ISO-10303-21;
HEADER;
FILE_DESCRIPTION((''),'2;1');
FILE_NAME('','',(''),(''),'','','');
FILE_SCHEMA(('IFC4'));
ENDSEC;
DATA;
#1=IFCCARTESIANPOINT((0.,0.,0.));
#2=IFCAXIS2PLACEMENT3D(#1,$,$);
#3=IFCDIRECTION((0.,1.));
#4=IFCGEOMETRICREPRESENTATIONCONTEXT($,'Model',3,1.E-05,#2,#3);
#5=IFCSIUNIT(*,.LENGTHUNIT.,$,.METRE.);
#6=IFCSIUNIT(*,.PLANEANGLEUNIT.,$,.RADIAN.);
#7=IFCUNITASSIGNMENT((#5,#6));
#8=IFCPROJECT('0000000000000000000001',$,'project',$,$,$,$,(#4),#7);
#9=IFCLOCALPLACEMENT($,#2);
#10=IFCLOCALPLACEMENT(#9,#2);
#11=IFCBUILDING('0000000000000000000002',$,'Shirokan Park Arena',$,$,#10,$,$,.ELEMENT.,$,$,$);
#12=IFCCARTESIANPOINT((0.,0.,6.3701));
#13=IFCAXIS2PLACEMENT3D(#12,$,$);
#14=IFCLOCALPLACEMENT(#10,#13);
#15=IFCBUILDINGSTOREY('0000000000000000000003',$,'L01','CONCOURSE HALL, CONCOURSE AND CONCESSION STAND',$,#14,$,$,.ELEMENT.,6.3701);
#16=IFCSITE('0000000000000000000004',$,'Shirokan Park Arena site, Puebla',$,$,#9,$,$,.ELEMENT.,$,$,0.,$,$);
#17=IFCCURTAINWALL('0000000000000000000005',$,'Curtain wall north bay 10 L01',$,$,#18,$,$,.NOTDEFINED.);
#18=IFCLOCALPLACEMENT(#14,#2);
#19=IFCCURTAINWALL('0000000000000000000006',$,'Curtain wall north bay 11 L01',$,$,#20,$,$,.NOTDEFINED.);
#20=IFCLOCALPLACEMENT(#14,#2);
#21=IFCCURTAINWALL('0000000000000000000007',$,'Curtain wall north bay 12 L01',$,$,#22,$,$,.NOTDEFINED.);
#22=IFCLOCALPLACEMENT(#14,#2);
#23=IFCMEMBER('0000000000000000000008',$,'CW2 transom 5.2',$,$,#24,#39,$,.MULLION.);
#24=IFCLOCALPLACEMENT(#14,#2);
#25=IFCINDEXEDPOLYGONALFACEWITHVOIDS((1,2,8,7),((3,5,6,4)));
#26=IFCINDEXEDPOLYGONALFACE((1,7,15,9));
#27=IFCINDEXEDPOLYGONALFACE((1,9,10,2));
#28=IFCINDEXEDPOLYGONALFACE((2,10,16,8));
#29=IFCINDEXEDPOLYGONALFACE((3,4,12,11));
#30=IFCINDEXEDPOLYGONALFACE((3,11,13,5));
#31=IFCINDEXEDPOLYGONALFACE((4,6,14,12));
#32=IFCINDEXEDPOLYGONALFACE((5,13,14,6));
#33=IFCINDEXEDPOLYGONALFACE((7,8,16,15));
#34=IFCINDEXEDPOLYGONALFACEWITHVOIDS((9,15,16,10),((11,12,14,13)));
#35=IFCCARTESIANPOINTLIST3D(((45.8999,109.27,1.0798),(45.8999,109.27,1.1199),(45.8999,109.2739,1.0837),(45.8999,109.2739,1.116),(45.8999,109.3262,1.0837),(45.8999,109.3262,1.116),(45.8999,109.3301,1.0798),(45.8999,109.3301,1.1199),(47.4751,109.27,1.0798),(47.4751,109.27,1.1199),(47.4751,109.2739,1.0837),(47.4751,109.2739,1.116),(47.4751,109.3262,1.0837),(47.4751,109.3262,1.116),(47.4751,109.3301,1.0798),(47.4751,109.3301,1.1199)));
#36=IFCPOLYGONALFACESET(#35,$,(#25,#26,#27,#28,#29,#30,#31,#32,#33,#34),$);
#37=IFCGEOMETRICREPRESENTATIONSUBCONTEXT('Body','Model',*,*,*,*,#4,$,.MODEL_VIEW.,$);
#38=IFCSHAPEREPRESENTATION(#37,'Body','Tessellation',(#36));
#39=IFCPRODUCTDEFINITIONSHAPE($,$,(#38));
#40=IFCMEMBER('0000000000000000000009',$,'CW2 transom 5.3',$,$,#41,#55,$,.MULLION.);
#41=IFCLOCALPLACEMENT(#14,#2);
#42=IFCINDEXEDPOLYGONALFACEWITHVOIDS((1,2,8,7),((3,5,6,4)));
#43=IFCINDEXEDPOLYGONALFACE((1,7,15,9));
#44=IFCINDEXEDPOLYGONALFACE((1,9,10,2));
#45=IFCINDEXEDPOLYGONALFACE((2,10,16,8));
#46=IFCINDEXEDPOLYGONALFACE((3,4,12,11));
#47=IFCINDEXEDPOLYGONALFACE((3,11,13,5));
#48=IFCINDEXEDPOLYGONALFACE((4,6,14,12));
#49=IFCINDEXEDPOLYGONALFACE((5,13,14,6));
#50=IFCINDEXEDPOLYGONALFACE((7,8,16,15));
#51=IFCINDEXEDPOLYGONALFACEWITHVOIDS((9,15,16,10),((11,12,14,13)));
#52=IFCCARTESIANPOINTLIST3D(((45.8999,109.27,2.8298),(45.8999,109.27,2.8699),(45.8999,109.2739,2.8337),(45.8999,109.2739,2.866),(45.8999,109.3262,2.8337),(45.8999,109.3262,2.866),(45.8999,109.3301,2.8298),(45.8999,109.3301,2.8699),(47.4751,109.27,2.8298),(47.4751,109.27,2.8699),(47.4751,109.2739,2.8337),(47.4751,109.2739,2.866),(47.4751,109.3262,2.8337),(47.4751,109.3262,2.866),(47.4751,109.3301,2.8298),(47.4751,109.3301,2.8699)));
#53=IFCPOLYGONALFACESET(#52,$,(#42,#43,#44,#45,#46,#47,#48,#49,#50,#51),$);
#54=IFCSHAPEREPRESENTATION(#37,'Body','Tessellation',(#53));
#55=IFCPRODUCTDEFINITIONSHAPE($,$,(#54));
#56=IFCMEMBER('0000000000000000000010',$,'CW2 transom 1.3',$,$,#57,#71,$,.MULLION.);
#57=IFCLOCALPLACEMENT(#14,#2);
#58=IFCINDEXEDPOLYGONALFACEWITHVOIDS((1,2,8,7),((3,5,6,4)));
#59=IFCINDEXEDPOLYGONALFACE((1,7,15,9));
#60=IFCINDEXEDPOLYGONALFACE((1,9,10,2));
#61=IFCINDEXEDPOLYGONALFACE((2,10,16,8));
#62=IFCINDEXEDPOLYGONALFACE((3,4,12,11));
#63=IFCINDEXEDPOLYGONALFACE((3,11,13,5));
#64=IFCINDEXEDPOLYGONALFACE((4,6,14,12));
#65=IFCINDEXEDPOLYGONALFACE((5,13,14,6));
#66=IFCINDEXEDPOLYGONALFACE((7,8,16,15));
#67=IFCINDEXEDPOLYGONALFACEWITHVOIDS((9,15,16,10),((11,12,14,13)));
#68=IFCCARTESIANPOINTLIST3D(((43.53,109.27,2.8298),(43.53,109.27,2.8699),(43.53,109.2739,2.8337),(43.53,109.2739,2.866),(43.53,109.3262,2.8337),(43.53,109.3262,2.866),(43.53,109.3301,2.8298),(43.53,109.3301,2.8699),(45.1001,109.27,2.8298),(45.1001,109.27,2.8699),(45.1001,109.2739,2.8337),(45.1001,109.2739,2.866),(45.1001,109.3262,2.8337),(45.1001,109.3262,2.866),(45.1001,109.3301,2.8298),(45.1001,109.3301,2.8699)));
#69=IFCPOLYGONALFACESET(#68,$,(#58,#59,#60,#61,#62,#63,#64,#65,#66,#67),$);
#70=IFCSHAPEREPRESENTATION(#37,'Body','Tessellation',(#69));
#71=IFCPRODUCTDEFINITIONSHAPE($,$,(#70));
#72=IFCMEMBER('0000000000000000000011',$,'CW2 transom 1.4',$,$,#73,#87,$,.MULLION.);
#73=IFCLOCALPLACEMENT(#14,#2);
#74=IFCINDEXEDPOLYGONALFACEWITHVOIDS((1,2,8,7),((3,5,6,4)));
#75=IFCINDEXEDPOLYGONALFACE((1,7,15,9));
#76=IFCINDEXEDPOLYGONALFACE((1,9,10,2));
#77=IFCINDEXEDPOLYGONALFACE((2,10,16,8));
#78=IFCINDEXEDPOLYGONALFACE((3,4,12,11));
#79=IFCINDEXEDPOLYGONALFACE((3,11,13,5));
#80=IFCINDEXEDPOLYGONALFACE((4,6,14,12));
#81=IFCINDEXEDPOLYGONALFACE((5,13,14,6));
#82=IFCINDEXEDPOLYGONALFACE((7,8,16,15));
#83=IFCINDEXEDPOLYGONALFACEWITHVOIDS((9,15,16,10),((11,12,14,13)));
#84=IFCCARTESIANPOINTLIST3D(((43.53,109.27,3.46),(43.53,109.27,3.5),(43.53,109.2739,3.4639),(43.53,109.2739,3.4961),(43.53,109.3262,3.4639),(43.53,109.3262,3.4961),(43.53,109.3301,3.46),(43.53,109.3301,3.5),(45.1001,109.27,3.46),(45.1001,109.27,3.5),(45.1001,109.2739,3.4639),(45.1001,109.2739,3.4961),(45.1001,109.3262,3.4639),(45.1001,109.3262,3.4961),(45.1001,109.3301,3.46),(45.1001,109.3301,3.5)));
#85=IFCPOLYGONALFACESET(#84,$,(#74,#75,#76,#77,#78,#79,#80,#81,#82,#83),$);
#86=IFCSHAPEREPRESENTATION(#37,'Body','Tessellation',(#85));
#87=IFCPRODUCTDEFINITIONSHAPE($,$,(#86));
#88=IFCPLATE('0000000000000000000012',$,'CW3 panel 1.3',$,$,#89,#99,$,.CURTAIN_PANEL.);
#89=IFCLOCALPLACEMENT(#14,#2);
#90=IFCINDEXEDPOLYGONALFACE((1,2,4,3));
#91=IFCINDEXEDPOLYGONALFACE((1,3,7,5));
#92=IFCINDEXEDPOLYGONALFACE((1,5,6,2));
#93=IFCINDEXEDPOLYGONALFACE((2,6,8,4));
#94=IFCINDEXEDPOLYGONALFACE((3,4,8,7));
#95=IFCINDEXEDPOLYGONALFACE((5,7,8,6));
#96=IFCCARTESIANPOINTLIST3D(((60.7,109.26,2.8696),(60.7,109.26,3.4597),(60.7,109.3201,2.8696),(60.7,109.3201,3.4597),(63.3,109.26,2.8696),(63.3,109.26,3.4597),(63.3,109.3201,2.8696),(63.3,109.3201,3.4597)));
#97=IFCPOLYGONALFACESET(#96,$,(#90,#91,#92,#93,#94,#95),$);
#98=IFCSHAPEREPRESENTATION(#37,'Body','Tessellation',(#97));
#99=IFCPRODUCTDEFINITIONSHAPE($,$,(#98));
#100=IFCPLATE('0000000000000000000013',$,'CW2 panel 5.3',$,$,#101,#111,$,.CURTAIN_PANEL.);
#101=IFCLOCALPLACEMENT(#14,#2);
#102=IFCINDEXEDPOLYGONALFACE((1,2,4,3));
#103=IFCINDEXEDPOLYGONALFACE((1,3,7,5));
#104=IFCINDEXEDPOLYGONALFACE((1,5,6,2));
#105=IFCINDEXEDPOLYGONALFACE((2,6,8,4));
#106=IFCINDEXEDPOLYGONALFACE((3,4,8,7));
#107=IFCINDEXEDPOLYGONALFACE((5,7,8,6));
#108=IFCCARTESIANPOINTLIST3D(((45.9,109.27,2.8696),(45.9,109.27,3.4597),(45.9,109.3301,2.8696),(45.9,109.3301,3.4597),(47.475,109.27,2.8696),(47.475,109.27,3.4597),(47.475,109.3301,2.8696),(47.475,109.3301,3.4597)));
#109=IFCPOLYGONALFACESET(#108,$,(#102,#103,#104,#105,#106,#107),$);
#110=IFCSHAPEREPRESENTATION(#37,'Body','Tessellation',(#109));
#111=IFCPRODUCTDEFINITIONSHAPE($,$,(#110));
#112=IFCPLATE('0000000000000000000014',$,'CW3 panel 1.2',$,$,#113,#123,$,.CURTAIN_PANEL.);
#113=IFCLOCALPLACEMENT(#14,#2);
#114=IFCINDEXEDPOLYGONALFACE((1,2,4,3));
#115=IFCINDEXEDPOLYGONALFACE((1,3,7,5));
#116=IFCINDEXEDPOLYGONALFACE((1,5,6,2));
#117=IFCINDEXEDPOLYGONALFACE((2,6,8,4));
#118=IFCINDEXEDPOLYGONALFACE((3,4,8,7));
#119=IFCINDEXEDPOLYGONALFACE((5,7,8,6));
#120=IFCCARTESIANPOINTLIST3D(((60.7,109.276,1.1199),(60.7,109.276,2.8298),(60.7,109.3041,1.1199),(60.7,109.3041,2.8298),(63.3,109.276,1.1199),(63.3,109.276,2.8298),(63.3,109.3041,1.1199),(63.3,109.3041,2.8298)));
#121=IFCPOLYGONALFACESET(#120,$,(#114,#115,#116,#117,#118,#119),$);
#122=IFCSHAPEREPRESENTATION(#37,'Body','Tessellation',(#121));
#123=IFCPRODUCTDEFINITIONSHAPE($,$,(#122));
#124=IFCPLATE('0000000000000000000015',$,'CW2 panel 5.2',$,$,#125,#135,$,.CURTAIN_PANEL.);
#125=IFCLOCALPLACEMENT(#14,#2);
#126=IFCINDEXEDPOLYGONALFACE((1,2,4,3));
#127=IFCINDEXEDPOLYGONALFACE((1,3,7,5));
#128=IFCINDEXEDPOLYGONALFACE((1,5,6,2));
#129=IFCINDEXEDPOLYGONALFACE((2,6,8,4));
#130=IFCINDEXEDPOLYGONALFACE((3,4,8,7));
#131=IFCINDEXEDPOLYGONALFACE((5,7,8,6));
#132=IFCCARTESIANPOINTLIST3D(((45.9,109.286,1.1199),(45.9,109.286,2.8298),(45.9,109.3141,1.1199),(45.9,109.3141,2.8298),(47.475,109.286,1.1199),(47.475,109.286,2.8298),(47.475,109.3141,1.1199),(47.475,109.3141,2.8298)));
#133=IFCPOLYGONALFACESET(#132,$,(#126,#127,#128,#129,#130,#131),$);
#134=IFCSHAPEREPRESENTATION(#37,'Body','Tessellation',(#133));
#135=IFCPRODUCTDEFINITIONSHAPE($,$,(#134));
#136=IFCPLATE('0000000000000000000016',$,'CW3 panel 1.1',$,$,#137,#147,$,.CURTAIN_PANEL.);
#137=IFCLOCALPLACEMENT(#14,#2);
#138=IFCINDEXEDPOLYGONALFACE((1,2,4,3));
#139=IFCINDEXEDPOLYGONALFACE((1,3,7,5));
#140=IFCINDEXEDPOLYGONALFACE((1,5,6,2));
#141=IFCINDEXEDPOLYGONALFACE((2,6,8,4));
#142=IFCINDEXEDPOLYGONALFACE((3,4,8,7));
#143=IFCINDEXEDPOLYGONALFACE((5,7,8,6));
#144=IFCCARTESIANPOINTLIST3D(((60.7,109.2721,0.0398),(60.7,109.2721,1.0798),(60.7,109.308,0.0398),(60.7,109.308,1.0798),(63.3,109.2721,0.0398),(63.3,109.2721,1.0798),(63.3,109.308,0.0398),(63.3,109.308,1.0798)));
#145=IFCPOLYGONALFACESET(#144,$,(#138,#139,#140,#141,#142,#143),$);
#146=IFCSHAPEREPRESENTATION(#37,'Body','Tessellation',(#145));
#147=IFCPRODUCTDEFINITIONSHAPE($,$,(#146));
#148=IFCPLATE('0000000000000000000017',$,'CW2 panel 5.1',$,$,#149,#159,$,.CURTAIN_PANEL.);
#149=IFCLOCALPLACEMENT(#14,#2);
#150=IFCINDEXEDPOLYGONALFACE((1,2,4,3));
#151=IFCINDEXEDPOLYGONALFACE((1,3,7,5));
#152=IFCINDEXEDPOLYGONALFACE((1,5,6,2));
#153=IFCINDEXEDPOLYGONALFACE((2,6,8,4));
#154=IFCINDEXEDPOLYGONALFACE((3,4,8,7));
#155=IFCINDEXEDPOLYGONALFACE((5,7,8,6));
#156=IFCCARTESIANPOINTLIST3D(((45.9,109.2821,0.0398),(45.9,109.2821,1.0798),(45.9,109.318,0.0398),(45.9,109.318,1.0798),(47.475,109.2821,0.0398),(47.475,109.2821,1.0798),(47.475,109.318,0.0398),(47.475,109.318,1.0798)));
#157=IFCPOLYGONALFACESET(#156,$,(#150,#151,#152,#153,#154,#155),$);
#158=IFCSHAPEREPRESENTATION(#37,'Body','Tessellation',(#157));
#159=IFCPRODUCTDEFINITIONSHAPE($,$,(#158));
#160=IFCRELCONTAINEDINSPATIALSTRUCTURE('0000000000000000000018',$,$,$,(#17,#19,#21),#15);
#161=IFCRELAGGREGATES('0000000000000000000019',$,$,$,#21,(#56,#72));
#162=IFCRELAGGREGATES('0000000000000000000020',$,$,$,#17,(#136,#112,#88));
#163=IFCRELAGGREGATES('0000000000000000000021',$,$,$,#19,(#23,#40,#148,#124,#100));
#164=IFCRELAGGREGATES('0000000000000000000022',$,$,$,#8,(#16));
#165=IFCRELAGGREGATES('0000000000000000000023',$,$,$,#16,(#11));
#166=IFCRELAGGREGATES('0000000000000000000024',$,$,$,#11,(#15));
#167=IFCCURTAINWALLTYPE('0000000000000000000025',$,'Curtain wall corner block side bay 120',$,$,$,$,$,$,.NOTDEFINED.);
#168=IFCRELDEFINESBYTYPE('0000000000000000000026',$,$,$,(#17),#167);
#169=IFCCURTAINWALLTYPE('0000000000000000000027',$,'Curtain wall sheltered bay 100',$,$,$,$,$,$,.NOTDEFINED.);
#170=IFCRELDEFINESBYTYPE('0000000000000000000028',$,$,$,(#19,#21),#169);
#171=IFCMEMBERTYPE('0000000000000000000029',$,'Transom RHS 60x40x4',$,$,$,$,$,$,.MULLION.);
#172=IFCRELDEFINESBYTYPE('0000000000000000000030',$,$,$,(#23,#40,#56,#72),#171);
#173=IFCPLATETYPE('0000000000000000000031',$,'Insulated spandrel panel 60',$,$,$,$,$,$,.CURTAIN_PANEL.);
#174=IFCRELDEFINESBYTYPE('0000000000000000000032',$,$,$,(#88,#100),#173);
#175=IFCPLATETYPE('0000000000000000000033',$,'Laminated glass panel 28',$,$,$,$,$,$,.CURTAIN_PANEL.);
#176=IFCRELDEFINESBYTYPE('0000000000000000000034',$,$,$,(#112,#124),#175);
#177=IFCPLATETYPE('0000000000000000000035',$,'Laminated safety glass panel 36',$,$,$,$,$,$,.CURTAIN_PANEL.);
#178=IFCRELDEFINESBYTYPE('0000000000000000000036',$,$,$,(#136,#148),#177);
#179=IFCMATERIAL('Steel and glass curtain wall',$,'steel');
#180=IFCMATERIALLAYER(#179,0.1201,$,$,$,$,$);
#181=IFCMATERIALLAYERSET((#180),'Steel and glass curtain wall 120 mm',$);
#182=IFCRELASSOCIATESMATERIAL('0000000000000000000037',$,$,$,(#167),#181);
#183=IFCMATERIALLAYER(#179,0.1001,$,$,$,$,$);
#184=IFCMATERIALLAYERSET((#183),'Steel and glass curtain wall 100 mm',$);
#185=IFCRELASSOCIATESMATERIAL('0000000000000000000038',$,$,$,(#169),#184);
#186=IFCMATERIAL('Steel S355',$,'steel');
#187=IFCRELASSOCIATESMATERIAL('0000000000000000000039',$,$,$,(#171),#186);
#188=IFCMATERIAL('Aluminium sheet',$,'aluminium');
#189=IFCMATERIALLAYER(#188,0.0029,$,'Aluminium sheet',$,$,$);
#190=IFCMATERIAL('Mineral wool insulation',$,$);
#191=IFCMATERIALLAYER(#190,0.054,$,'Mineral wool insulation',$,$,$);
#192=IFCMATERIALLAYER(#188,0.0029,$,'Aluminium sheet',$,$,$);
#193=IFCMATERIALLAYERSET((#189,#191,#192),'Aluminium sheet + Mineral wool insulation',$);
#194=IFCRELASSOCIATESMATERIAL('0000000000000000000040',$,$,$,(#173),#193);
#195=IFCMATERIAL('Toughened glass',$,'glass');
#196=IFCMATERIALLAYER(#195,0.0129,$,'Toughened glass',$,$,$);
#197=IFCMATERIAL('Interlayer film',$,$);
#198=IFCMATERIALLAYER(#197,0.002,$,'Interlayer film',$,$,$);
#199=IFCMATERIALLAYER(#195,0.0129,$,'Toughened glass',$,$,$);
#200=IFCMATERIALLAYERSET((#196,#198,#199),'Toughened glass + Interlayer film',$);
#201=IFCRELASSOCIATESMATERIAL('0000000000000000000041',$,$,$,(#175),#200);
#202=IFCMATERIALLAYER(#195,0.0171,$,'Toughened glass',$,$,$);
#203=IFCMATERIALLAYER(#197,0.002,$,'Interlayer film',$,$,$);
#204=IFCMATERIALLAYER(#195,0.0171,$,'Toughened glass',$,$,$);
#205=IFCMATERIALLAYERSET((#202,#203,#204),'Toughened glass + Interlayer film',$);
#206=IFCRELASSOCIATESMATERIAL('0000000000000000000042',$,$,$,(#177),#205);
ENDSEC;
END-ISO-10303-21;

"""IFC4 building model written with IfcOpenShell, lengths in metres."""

from ifc_helpers import new_model, si_unit, direction, frame, origin, origin_2d, place, context, subcontext, project, spatial, rectangle, hollow_rectangle, extrude, material, layer, layer_set, material_profile, profile_set, type_object, element, aggregate, save


model = new_model("IFC4")

# Units and contexts
model_context = context("Model", 3, precision=1e-05, world=origin(), true_north=direction((0.0, 1.0)))
body_context = subcontext(model_context, "Body", "Model", "MODEL_VIEW")
ifc_project = project(units=[si_unit("LENGTHUNIT", "METRE"), si_unit("PLANEANGLEUNIT", "RADIAN")], contexts=[model_context])

# Site, building, storey
site_placement = place(None, origin())
site = spatial("IfcSite", under=ifc_project, at=site_placement, Name="Shirokan Park Arena site, Puebla", CompositionType="ELEMENT", RefElevation=0.0)
building_placement = place(site_placement, origin())
building = spatial("IfcBuilding", under=site, at=building_placement, Name="Shirokan Park Arena", CompositionType="ELEMENT")
storey_placement = place(building_placement, frame((0.0, 0.0, 6.3701)))
storey = spatial("IfcBuildingStorey", under=building, at=storey_placement, Name="L01", Description="CONCOURSE HALL, CONCOURSE AND CONCESSION STAND", CompositionType="ELEMENT", Elevation=6.3701)

# Curtain walls
ifc_material_1 = material(Name="Steel and glass curtain wall", Category="steel")
ifc_layer_1 = layer(ifc_material_1, 0.1201)
ifc_layer_set_1 = layer_set([ifc_layer_1], Name="Steel and glass curtain wall 120 mm")
curtain_wall_type_1 = type_object("IfcCurtainWallType", Name="Curtain wall corner block side bay 120", PredefinedType="NOTDEFINED", material=ifc_layer_set_1)
curtain_wall_1_placement = place(storey_placement, origin())
curtain_wall_1 = element("IfcCurtainWall", 1, at=curtain_wall_1_placement, inside=storey, type_object=curtain_wall_type_1, Name="Curtain wall north bay 10 L01", PredefinedType="NOTDEFINED")
ifc_material_2 = material(Name="Steel S355", Category="steel")
ifc_layer_2 = layer(ifc_material_1, 0.1001)
ifc_layer_set_2 = layer_set([ifc_layer_2], Name="Steel and glass curtain wall 100 mm")
curtain_wall_type_2 = type_object("IfcCurtainWallType", Name="Curtain wall sheltered bay 100", PredefinedType="NOTDEFINED", material=ifc_layer_set_2)
curtain_wall_2_placement = place(storey_placement, origin())
curtain_wall_2 = element("IfcCurtainWall", 2, at=curtain_wall_2_placement, inside=storey, type_object=curtain_wall_type_2, Name="Curtain wall north bay 11 L01", PredefinedType="NOTDEFINED")
curtain_wall_3_placement = place(storey_placement, origin())
curtain_wall_3 = element("IfcCurtainWall", 3, at=curtain_wall_3_placement, inside=storey, type_object=curtain_wall_type_2, Name="Curtain wall north bay 12 L01", PredefinedType="NOTDEFINED")

# Members
ifc_material_profile_1 = material_profile(ifc_material_2, hollow_rectangle(XDim=0.0601, YDim=0.04, WallThickness=0.0039, at=origin_2d()), Name="RHS 60x40x4")
ifc_profile_set_1 = profile_set([ifc_material_profile_1], Name="Steel S355")
member_type_1 = type_object("IfcMemberType", Name="Transom RHS 60x40x4", PredefinedType="MULLION", material=ifc_profile_set_1)
member_1_placement = place(storey_placement, frame((47.4751, 109.3, 1.0999), z_axis=(-1.0, 0.0, 0.0), x_axis=(0.0, -1.0, 0.0)))
member_1 = element("IfcMember", 4, at=member_1_placement, type_object=member_type_1, Name="CW2 transom 5.2", PredefinedType="MULLION", context=body_context, shape_type="SweptSolid", body=[
    extrude(hollow_rectangle(XDim=0.0601, YDim=0.04, WallThickness=0.0039, at=origin_2d()), origin(), (0.0, 0.0, 1.0), 1.5752),
])
member_2_placement = place(storey_placement, frame((47.4751, 109.3, 2.8499), z_axis=(-1.0, 0.0, 0.0), x_axis=(0.0, -1.0, 0.0)))
member_2 = element("IfcMember", 5, at=member_2_placement, type_object=member_type_1, Name="CW2 transom 5.3", PredefinedType="MULLION", context=body_context, shape_type="SweptSolid", body=[
    extrude(hollow_rectangle(XDim=0.0601, YDim=0.04, WallThickness=0.0039, at=origin_2d()), origin(), (0.0, 0.0, 1.0), 1.5752),
])
member_3_placement = place(storey_placement, frame((45.1001, 109.3, 2.8499), z_axis=(-1.0, 0.0, 0.0), x_axis=(0.0, -1.0, 0.0)))
member_3 = element("IfcMember", 6, at=member_3_placement, type_object=member_type_1, Name="CW2 transom 1.3", PredefinedType="MULLION", context=body_context, shape_type="SweptSolid", body=[
    extrude(hollow_rectangle(XDim=0.0601, YDim=0.04, WallThickness=0.0039, at=origin_2d()), origin(), (0.0, 0.0, 1.0), 1.5701),
])
member_4_placement = place(storey_placement, frame((45.1001, 109.3, 3.48), z_axis=(-1.0, 0.0, 0.0), x_axis=(0.0, -1.0, 0.0)))
member_4 = element("IfcMember", 7, at=member_4_placement, type_object=member_type_1, Name="CW2 transom 1.4", PredefinedType="MULLION", context=body_context, shape_type="SweptSolid", body=[
    extrude(hollow_rectangle(XDim=0.0601, YDim=0.04, WallThickness=0.0039, at=origin_2d()), origin(), (0.0, 0.0, 1.0), 1.5701),
])
aggregate(curtain_wall_3, [member_3, member_4])

# Plates
ifc_material_3 = material(Name="Aluminium sheet", Category="aluminium")
ifc_layer_3 = layer(ifc_material_3, 0.0029, Name="Aluminium sheet")
ifc_material_4 = material(Name="Mineral wool insulation")
ifc_layer_4 = layer(ifc_material_4, 0.054, Name="Mineral wool insulation")
ifc_layer_5 = layer(ifc_material_3, 0.0029, Name="Aluminium sheet")
ifc_layer_set_3 = layer_set([ifc_layer_3, ifc_layer_4, ifc_layer_5], Name="Aluminium sheet + Mineral wool insulation")
plate_type_1 = type_object("IfcPlateType", Name="Insulated spandrel panel 60", PredefinedType="CURTAIN_PANEL", material=ifc_layer_set_3)
plate_1_placement = place(storey_placement, frame((62.0, 109.29, 2.8696), z_axis=(0.0, 0.0, 1.0), x_axis=(-1.0, 0.0, 0.0)))
plate_1 = element("IfcPlate", 8, at=plate_1_placement, type_object=plate_type_1, Name="CW3 panel 1.3", PredefinedType="CURTAIN_PANEL", context=body_context, shape_type="SweptSolid", body=[
    extrude(rectangle(XDim=2.6001, YDim=0.0601, at=origin_2d()), origin(), (0.0, 0.0, 1.0), 0.5901),
])
plate_2_placement = place(storey_placement, frame((46.6875, 109.3, 2.8696), z_axis=(0.0, 0.0, 1.0), x_axis=(-1.0, 0.0, 0.0)))
plate_2 = element("IfcPlate", 9, at=plate_2_placement, type_object=plate_type_1, Name="CW2 panel 5.3", PredefinedType="CURTAIN_PANEL", context=body_context, shape_type="SweptSolid", body=[
    extrude(rectangle(XDim=1.575, YDim=0.0601, at=origin_2d()), origin(), (0.0, 0.0, 1.0), 0.5901),
])
ifc_material_5 = material(Name="Toughened glass", Category="glass")
ifc_layer_6 = layer(ifc_material_5, 0.0129, Name="Toughened glass")
ifc_material_6 = material(Name="Interlayer film")
ifc_layer_7 = layer(ifc_material_6, 0.002, Name="Interlayer film")
ifc_layer_8 = layer(ifc_material_5, 0.0129, Name="Toughened glass")
ifc_layer_set_4 = layer_set([ifc_layer_6, ifc_layer_7, ifc_layer_8], Name="Toughened glass + Interlayer film")
plate_type_2 = type_object("IfcPlateType", Name="Laminated glass panel 28", PredefinedType="CURTAIN_PANEL", material=ifc_layer_set_4)
plate_3_placement = place(storey_placement, frame((62.0, 109.29, 1.1199), z_axis=(0.0, 0.0, 1.0), x_axis=(-1.0, 0.0, 0.0)))
plate_3 = element("IfcPlate", 10, at=plate_3_placement, type_object=plate_type_2, Name="CW3 panel 1.2", PredefinedType="CURTAIN_PANEL", context=body_context, shape_type="SweptSolid", body=[
    extrude(rectangle(XDim=2.6001, YDim=0.0281, at=origin_2d()), origin(), (0.0, 0.0, 1.0), 1.71),
])
plate_4_placement = place(storey_placement, frame((46.6875, 109.3, 1.1199), z_axis=(0.0, 0.0, 1.0), x_axis=(-1.0, 0.0, 0.0)))
plate_4 = element("IfcPlate", 11, at=plate_4_placement, type_object=plate_type_2, Name="CW2 panel 5.2", PredefinedType="CURTAIN_PANEL", context=body_context, shape_type="SweptSolid", body=[
    extrude(rectangle(XDim=1.575, YDim=0.0281, at=origin_2d()), origin(), (0.0, 0.0, 1.0), 1.71),
])
ifc_layer_9 = layer(ifc_material_5, 0.0171, Name="Toughened glass")
ifc_layer_10 = layer(ifc_material_6, 0.002, Name="Interlayer film")
ifc_layer_11 = layer(ifc_material_5, 0.0171, Name="Toughened glass")
ifc_layer_set_5 = layer_set([ifc_layer_9, ifc_layer_10, ifc_layer_11], Name="Toughened glass + Interlayer film")
plate_type_3 = type_object("IfcPlateType", Name="Laminated safety glass panel 36", PredefinedType="CURTAIN_PANEL", material=ifc_layer_set_5)
plate_5_placement = place(storey_placement, frame((62.0, 109.29, 0.0398), z_axis=(0.0, 0.0, 1.0), x_axis=(-1.0, 0.0, 0.0)))
plate_5 = element("IfcPlate", 12, at=plate_5_placement, type_object=plate_type_3, Name="CW3 panel 1.1", PredefinedType="CURTAIN_PANEL", context=body_context, shape_type="SweptSolid", body=[
    extrude(rectangle(XDim=2.6001, YDim=0.0359, at=origin_2d()), origin(), (0.0, 0.0, 1.0), 1.04),
])
aggregate(curtain_wall_1, [plate_5, plate_3, plate_1])
plate_6_placement = place(storey_placement, frame((46.6875, 109.3, 0.0398), z_axis=(0.0, 0.0, 1.0), x_axis=(-1.0, 0.0, 0.0)))
plate_6 = element("IfcPlate", 13, at=plate_6_placement, type_object=plate_type_3, Name="CW2 panel 5.1", PredefinedType="CURTAIN_PANEL", context=body_context, shape_type="SweptSolid", body=[
    extrude(rectangle(XDim=1.575, YDim=0.0359, at=origin_2d()), origin(), (0.0, 0.0, 1.0), 1.04),
])
aggregate(curtain_wall_2, [member_1, member_2, plate_6, plate_4, plate_2])

save(model, "model.ifc")
